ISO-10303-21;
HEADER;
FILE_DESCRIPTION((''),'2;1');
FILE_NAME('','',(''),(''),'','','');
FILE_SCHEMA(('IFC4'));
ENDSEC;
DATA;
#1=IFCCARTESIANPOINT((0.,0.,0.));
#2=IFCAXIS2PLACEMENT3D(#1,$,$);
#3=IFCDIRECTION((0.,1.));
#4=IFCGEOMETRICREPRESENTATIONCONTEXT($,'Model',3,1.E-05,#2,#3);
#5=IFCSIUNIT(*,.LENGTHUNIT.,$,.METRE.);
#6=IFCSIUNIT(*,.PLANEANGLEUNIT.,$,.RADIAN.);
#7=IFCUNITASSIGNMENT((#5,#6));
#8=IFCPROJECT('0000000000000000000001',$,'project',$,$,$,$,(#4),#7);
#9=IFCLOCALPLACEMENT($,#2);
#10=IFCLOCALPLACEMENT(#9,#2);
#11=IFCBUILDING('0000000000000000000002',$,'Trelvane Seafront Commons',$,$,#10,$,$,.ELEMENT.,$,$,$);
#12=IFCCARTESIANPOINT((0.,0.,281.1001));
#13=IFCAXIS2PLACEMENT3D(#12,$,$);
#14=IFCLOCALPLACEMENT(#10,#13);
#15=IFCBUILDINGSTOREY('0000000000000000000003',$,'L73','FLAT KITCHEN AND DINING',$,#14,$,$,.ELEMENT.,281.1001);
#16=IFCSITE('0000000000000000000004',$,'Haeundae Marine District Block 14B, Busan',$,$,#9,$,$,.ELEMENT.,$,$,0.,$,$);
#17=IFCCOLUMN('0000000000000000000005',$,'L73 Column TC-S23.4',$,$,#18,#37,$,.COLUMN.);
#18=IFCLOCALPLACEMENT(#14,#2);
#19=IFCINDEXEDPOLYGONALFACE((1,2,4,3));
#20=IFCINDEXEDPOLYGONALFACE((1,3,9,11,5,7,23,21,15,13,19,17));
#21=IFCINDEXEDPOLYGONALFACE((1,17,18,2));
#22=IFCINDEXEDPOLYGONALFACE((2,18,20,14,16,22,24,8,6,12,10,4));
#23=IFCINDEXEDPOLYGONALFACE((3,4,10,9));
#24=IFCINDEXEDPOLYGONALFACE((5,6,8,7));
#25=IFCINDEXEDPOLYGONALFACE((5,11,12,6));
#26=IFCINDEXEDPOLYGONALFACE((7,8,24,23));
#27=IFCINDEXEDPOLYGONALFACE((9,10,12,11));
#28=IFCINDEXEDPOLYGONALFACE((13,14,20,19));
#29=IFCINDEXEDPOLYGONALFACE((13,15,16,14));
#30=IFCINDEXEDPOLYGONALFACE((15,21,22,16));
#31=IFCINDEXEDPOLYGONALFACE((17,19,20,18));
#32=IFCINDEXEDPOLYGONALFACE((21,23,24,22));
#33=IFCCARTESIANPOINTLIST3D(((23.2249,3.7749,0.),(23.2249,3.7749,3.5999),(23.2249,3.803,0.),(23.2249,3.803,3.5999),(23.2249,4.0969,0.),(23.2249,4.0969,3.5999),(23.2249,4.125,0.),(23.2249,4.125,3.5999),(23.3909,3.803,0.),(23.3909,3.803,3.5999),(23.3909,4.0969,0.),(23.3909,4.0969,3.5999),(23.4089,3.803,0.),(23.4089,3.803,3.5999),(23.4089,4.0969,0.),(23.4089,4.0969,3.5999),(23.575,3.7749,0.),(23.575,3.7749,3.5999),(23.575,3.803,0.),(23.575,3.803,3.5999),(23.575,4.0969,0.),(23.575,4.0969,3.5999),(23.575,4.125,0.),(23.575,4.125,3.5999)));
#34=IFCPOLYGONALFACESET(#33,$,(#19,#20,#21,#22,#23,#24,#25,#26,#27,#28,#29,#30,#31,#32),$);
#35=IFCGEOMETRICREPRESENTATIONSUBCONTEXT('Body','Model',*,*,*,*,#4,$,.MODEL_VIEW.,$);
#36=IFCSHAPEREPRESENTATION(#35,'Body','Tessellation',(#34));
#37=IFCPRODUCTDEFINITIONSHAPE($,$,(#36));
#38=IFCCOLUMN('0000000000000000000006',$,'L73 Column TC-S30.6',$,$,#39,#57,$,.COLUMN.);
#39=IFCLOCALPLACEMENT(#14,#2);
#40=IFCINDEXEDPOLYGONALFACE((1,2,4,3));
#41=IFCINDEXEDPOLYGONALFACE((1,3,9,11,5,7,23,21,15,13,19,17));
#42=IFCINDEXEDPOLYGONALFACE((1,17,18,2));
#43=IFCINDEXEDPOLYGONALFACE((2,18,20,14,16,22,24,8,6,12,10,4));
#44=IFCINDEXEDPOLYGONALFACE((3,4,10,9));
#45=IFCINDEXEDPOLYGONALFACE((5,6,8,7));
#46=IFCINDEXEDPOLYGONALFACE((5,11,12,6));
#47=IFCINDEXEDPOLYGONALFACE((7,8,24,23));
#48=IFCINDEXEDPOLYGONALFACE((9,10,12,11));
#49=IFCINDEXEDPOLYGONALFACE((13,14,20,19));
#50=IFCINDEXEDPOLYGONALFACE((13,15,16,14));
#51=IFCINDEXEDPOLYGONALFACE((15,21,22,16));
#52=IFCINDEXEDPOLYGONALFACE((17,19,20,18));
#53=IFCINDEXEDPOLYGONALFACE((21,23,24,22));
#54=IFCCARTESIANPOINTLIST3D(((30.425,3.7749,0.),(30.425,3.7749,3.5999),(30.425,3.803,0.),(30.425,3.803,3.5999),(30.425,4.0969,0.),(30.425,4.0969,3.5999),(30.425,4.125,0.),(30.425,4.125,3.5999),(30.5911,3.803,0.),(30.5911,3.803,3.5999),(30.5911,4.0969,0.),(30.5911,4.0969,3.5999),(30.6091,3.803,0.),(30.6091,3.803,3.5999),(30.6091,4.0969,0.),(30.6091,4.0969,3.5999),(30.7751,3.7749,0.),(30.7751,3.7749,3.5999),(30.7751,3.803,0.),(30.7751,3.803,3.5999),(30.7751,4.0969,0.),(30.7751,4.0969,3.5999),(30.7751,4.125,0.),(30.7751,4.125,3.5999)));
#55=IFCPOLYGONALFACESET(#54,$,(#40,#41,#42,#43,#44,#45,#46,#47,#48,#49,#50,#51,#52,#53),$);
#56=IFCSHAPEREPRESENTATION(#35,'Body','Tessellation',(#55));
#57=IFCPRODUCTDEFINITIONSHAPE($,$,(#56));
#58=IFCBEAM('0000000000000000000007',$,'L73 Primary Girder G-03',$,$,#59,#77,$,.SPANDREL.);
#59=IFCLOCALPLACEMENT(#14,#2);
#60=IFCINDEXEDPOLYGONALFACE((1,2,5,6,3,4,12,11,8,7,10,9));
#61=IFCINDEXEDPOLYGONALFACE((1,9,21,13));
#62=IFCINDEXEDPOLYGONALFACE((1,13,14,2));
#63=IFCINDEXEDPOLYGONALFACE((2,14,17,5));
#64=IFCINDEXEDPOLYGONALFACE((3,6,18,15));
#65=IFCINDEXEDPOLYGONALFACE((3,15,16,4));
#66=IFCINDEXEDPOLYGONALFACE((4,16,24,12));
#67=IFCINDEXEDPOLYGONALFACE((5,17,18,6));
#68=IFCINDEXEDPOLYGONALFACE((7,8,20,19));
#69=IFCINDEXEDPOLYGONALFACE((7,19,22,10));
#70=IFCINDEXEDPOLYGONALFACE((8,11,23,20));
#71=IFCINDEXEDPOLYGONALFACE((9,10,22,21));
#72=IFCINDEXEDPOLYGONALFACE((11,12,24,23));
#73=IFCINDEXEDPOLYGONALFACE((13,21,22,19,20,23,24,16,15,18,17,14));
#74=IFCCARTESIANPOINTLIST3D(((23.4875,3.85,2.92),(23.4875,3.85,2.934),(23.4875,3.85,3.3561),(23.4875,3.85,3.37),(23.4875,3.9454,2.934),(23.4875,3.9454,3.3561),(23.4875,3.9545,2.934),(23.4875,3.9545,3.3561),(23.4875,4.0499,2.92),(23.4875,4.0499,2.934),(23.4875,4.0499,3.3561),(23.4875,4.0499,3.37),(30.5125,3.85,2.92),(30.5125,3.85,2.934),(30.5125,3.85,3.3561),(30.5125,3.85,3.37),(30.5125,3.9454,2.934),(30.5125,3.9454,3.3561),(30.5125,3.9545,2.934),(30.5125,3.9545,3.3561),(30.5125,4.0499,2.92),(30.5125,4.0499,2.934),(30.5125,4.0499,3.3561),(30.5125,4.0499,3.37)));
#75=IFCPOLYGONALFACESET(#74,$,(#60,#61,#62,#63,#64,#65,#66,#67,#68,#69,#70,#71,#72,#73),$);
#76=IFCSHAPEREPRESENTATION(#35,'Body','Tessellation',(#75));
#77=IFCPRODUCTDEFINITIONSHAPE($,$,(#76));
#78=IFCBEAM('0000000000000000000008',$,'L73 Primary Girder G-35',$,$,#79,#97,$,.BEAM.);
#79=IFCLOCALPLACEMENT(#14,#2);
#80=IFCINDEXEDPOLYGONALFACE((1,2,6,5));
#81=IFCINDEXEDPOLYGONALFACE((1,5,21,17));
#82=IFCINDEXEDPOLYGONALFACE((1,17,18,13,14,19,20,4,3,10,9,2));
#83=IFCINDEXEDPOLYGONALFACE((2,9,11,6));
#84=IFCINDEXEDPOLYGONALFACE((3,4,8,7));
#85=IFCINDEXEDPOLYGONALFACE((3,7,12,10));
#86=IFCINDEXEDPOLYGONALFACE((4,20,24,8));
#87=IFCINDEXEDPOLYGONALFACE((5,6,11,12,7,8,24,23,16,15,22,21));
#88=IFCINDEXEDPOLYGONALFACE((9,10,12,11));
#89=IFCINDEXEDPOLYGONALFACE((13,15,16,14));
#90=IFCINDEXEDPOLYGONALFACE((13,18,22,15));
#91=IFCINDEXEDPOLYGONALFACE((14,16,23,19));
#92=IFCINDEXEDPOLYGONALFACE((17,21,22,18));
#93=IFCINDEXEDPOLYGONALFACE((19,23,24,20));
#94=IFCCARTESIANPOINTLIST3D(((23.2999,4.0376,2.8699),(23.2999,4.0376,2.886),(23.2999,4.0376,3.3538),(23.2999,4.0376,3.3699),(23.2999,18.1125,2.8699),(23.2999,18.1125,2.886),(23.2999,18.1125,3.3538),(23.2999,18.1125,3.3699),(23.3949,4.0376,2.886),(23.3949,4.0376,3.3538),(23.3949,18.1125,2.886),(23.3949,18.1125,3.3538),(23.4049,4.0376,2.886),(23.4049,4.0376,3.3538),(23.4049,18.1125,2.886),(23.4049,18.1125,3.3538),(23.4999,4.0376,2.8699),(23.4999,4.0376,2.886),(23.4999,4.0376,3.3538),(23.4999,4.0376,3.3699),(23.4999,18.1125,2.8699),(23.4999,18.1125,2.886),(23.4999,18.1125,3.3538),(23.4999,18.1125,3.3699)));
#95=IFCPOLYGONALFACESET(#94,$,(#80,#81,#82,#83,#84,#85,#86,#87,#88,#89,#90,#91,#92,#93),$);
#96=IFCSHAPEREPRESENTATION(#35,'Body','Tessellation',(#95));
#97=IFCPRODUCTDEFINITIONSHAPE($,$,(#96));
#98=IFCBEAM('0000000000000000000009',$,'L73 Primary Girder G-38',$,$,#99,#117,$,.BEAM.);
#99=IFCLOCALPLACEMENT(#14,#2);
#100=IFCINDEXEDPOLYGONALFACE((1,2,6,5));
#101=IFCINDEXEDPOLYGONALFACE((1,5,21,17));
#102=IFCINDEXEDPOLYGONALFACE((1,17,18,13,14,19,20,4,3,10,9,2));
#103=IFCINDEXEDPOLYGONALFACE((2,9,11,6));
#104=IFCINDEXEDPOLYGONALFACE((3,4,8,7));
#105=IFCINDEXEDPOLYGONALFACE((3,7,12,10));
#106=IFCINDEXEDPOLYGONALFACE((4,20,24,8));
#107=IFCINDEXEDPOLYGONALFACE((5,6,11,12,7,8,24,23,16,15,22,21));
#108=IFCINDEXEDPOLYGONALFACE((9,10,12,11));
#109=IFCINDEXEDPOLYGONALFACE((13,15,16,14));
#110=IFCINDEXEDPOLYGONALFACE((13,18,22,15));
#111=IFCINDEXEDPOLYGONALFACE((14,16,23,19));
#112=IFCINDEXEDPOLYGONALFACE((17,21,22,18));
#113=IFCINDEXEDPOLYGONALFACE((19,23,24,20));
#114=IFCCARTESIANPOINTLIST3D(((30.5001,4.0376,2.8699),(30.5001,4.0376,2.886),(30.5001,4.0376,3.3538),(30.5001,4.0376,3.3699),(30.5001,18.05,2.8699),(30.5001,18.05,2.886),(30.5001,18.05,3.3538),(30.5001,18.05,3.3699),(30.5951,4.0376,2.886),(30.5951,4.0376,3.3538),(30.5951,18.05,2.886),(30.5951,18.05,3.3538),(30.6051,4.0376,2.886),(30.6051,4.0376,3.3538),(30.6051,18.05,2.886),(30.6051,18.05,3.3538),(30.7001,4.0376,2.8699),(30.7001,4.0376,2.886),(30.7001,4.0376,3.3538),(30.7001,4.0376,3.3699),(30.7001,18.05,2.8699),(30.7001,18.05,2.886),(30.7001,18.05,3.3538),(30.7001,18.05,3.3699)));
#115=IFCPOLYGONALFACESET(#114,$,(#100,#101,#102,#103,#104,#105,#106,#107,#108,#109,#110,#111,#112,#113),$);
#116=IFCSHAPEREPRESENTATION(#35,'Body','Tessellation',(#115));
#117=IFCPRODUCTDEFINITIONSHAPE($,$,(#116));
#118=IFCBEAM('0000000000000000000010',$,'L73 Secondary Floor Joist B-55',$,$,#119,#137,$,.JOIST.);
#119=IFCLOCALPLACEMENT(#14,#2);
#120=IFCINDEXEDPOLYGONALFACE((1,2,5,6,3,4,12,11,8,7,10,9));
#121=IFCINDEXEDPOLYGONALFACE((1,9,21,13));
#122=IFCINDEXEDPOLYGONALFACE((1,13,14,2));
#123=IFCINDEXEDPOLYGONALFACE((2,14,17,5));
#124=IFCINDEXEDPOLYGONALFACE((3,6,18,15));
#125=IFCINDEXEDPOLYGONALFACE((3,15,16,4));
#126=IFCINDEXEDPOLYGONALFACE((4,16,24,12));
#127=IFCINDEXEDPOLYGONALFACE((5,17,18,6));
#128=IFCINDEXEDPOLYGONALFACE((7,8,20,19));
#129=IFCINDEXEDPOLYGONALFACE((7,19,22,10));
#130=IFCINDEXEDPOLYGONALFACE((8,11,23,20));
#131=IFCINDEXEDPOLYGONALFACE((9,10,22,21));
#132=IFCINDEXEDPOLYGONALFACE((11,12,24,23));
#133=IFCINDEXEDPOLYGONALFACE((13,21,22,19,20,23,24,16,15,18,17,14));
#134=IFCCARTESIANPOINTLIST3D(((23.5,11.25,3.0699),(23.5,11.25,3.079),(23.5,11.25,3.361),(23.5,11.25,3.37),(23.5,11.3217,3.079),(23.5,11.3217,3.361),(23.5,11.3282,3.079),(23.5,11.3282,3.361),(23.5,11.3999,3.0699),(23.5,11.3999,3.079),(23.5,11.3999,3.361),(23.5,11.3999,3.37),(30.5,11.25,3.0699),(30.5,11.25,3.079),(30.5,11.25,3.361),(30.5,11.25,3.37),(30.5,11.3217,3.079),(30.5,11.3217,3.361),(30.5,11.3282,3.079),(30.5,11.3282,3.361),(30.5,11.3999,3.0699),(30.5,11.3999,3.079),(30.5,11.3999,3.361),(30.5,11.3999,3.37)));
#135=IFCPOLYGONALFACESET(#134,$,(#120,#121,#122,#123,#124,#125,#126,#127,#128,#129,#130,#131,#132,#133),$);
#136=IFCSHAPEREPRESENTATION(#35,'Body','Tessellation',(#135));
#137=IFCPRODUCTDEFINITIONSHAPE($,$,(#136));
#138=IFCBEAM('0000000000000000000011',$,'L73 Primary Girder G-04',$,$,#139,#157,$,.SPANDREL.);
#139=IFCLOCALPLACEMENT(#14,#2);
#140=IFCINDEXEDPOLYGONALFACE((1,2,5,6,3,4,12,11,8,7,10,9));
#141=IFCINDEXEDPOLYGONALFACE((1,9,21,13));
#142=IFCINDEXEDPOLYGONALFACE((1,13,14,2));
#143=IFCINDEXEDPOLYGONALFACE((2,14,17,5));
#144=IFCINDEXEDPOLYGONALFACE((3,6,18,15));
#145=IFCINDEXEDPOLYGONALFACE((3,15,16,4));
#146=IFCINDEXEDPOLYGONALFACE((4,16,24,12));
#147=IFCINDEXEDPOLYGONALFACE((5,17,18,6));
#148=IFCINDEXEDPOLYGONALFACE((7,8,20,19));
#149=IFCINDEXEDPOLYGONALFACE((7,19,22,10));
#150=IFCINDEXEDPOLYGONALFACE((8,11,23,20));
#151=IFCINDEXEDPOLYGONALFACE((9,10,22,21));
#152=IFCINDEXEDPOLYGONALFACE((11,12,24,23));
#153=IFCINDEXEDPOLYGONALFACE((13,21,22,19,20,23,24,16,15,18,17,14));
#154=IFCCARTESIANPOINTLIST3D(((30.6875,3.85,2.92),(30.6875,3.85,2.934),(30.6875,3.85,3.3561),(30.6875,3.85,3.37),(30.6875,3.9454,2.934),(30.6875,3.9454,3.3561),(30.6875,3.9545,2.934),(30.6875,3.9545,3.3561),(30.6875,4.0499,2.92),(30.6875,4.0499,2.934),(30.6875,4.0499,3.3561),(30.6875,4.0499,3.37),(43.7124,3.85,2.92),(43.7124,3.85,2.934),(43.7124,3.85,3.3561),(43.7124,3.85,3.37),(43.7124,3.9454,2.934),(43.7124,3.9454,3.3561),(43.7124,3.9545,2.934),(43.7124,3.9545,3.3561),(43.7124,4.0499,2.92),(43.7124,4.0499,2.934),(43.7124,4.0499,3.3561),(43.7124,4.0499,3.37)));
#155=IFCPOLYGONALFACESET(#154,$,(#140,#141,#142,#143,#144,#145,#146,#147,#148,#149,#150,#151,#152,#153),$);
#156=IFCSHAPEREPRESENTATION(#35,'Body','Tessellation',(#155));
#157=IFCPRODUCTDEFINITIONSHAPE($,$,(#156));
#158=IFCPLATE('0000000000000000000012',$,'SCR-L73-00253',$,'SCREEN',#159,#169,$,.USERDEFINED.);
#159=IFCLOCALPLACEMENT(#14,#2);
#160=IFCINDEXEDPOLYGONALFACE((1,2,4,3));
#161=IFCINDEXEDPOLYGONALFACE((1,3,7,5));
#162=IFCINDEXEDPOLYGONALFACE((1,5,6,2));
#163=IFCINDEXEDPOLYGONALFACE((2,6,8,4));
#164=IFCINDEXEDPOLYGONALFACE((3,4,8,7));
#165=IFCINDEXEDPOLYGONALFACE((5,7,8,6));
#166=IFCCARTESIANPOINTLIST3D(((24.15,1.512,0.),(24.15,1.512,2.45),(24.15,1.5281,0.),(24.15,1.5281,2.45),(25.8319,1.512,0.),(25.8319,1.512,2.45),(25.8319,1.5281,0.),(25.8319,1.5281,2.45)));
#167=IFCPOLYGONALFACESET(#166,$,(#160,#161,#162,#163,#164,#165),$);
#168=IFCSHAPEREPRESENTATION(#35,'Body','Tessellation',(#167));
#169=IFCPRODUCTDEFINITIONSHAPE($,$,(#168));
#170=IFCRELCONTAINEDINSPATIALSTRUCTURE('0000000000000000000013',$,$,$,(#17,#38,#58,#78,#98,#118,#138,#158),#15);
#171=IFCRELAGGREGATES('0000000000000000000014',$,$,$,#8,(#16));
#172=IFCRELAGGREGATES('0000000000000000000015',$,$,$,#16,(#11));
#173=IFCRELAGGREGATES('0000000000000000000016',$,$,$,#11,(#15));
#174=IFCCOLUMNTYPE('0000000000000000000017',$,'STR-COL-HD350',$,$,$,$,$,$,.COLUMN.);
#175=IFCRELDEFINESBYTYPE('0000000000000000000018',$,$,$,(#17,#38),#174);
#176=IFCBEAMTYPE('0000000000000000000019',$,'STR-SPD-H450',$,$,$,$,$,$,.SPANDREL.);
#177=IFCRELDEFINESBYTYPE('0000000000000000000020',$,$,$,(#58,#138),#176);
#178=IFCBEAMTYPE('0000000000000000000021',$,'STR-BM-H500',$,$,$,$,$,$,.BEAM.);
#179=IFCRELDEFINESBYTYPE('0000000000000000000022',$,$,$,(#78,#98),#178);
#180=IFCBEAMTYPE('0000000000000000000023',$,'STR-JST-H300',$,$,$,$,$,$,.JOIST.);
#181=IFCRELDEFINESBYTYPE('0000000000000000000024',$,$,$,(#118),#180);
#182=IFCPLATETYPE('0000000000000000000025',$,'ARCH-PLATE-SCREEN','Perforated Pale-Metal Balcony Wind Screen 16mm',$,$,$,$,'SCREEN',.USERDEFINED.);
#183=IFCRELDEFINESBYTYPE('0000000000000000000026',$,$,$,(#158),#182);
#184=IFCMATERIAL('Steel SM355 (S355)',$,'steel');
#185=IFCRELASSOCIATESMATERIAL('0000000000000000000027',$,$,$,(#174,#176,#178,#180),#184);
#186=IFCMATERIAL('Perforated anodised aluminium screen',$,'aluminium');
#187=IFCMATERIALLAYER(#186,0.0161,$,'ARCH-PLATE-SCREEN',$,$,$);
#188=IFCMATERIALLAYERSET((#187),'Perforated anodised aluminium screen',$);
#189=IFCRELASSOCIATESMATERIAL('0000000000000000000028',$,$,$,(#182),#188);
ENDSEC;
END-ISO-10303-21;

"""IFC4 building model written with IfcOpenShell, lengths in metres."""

from ifc_helpers import new_model, si_unit, direction, frame, origin, origin_2d, place, context, subcontext, project, spatial, rectangle, i_section, extrude, source, transform, mapped, material, layer, layer_set, material_profile, profile_set, type_object, element, save


model = new_model("IFC4")

# Units and contexts
model_context = context("Model", 3, precision=1e-05, world=origin(), true_north=direction((0.0, 1.0)))
body_context = subcontext(model_context, "Body", "Model", "MODEL_VIEW")
ifc_project = project(units=[si_unit("LENGTHUNIT", "METRE"), si_unit("PLANEANGLEUNIT", "RADIAN")], contexts=[model_context])

# Site, building, storey
site_placement = place(None, origin())
site = spatial("IfcSite", under=ifc_project, at=site_placement, Name="Haeundae Marine District Block 14B, Busan", CompositionType="ELEMENT", RefElevation=0.0)
building_placement = place(site_placement, origin())
building = spatial("IfcBuilding", under=site, at=building_placement, Name="Trelvane Seafront Commons", CompositionType="ELEMENT")
storey_placement = place(building_placement, frame((0.0, 0.0, 281.1001)))
storey = spatial("IfcBuildingStorey", under=building, at=storey_placement, Name="L73", Description="FLAT KITCHEN AND DINING", CompositionType="ELEMENT", Elevation=281.1001)

# Columns
ifc_material_1 = material(Name="Steel SM355 (S355)", Category="steel")
ifc_material_profile_1 = material_profile(ifc_material_1, i_section(OverallWidth=0.3501, OverallDepth=0.3501, WebThickness=0.0181, FlangeThickness=0.0281, at=origin_2d()), Name="HD-350x350x18x28")
ifc_profile_set_1 = profile_set([ifc_material_profile_1], Name="Steel SM355 (S355)")
column_type = type_object("IfcColumnType", Name="STR-COL-HD350", PredefinedType="COLUMN", material=ifc_profile_set_1)
shared_shape_1 = source(origin(), body_context, "Body", "SweptSolid", [
    extrude(i_section(OverallWidth=0.3501, OverallDepth=0.3501, WebThickness=0.0181, FlangeThickness=0.0281, at=origin_2d()), origin(), (0.0, 0.0, 1.0), 3.5999),
])
for number, where, z_axis, x_axis, name in (
    (1, (23.3999, 3.95, 0.0), (0.0, 0.0, 1.0), (1.0, 0.0, 0.0), "L73 Column TC-S23.4"),
    (2, (30.6001, 3.95, 0.0), (0.0, 0.0, 1.0), (1.0, 0.0, 0.0), "L73 Column TC-S30.6"),
):
    element("IfcColumn", number, at=place(storey_placement, frame(where, z_axis=z_axis, x_axis=x_axis)), inside=storey, type_object=column_type, Name=name, PredefinedType="COLUMN", context=body_context, shape_type="MappedRepresentation", body=[
        mapped(shared_shape_1, transform((0.0, 0.0, 0.0), x_axis=(1.0, 0.0, 0.0), y_axis=(0.0, 1.0, 0.0), z_axis=(0.0, 0.0, 1.0), scale=1.0)),
    ])

# Beams
ifc_material_profile_2 = material_profile(ifc_material_1, i_section(OverallWidth=0.2, OverallDepth=0.45, WebThickness=0.009, FlangeThickness=0.0139, at=origin_2d()), Name="H-450x200x9x14")
ifc_profile_set_2 = profile_set([ifc_material_profile_2], Name="Steel SM355 (S355)")
beam_type_1 = type_object("IfcBeamType", Name="STR-SPD-H450", PredefinedType="SPANDREL", material=ifc_profile_set_2)
shared_shape_2 = source(origin(), body_context, "Body", "SweptSolid", [
    extrude(i_section(OverallWidth=0.2, OverallDepth=0.45, WebThickness=0.009, FlangeThickness=0.0139, at=origin_2d()), origin(), (0.0, 0.0, 1.0), 7.0249),
])
beam_1_placement = place(storey_placement, frame((23.4875, 3.95, 3.145), z_axis=(1.0, 0.0, 0.0), x_axis=(0.0, 1.0, 0.0)))
element("IfcBeam", 3, at=beam_1_placement, inside=storey, type_object=beam_type_1, Name="L73 Primary Girder G-03", PredefinedType="SPANDREL", context=body_context, shape_type="MappedRepresentation", body=[
    mapped(shared_shape_2, transform((0.0, 0.0, 0.0), x_axis=(1.0, 0.0, 0.0), y_axis=(0.0, 1.0, 0.0), z_axis=(0.0, 0.0, 1.0), scale=1.0)),
])
ifc_material_profile_3 = material_profile(ifc_material_1, i_section(OverallWidth=0.2, OverallDepth=0.5, WebThickness=0.01, FlangeThickness=0.0161, at=origin_2d()), Name="H-500x200x10x16")
ifc_profile_set_3 = profile_set([ifc_material_profile_3], Name="Steel SM355 (S355)")
beam_type_2 = type_object("IfcBeamType", Name="STR-BM-H500", PredefinedType="BEAM", material=ifc_profile_set_3)
shared_shape_3 = source(origin(), body_context, "Body", "SweptSolid", [
    extrude(i_section(OverallWidth=0.2, OverallDepth=0.5, WebThickness=0.01, FlangeThickness=0.0161, at=origin_2d()), origin(), (0.0, 0.0, 1.0), 14.075),
])
beam_2_placement = place(storey_placement, frame((23.3999, 4.0376, 3.1199), z_axis=(0.0, 1.0, 0.0), x_axis=(-1.0, 0.0, 0.0)))
element("IfcBeam", 4, at=beam_2_placement, inside=storey, type_object=beam_type_2, Name="L73 Primary Girder G-35", PredefinedType="BEAM", context=body_context, shape_type="MappedRepresentation", body=[
    mapped(shared_shape_3, transform((0.0, 0.0, 0.0), x_axis=(1.0, 0.0, 0.0), y_axis=(0.0, 1.0, 0.0), z_axis=(0.0, 0.0, 1.0), scale=1.0)),
])
shared_shape_4 = source(origin(), body_context, "Body", "SweptSolid", [
    extrude(i_section(OverallWidth=0.2, OverallDepth=0.5, WebThickness=0.01, FlangeThickness=0.0161, at=origin_2d()), origin(), (0.0, 0.0, 1.0), 14.0125),
])
beam_3_placement = place(storey_placement, frame((30.6001, 4.0376, 3.1199), z_axis=(0.0, 1.0, 0.0), x_axis=(-1.0, 0.0, 0.0)))
element("IfcBeam", 5, at=beam_3_placement, inside=storey, type_object=beam_type_2, Name="L73 Primary Girder G-38", PredefinedType="BEAM", context=body_context, shape_type="MappedRepresentation", body=[
    mapped(shared_shape_4, transform((0.0, 0.0, 0.0), x_axis=(1.0, 0.0, 0.0), y_axis=(0.0, 1.0, 0.0), z_axis=(0.0, 0.0, 1.0), scale=1.0)),
])
ifc_material_profile_4 = material_profile(ifc_material_1, i_section(OverallWidth=0.1499, OverallDepth=0.3, WebThickness=0.0066, FlangeThickness=0.009, at=origin_2d()), Name="H-300x150x6.5x9")
ifc_profile_set_4 = profile_set([ifc_material_profile_4], Name="Steel SM355 (S355)")
beam_type_3 = type_object("IfcBeamType", Name="STR-JST-H300", PredefinedType="JOIST", material=ifc_profile_set_4)
shared_shape_5 = source(origin(), body_context, "Body", "SweptSolid", [
    extrude(i_section(OverallWidth=0.1499, OverallDepth=0.3, WebThickness=0.0066, FlangeThickness=0.009, at=origin_2d()), origin(), (0.0, 0.0, 1.0), 7.0),
])
beam_4_placement = place(storey_placement, frame((23.5, 11.325, 3.22), z_axis=(1.0, 0.0, 0.0), x_axis=(0.0, 1.0, 0.0)))
element("IfcBeam", 6, at=beam_4_placement, inside=storey, type_object=beam_type_3, Name="L73 Secondary Floor Joist B-55", PredefinedType="JOIST", context=body_context, shape_type="MappedRepresentation", body=[
    mapped(shared_shape_5, transform((0.0, 0.0, 0.0), x_axis=(1.0, 0.0, 0.0), y_axis=(0.0, 1.0, 0.0), z_axis=(0.0, 0.0, 1.0), scale=1.0)),
])
shared_shape_6 = source(origin(), body_context, "Body", "SweptSolid", [
    extrude(i_section(OverallWidth=0.2, OverallDepth=0.45, WebThickness=0.009, FlangeThickness=0.0139, at=origin_2d()), origin(), (0.0, 0.0, 1.0), 13.0249),
])
beam_5_placement = place(storey_placement, frame((30.6875, 3.95, 3.145), z_axis=(1.0, 0.0, 0.0), x_axis=(0.0, 1.0, 0.0)))
element("IfcBeam", 7, at=beam_5_placement, inside=storey, type_object=beam_type_1, Name="L73 Primary Girder G-04", PredefinedType="SPANDREL", context=body_context, shape_type="MappedRepresentation", body=[
    mapped(shared_shape_6, transform((0.0, 0.0, 0.0), x_axis=(1.0, 0.0, 0.0), y_axis=(0.0, 1.0, 0.0), z_axis=(0.0, 0.0, 1.0), scale=1.0)),
])

# Plate
ifc_material_2 = material(Name="Perforated anodised aluminium screen", Category="aluminium")
ifc_layer_1 = layer(ifc_material_2, 0.0161, Name="ARCH-PLATE-SCREEN")
ifc_layer_set_1 = layer_set([ifc_layer_1], Name="Perforated anodised aluminium screen")
plate_type_1 = type_object("IfcPlateType", Name="ARCH-PLATE-SCREEN", Description="Perforated Pale-Metal Balcony Wind Screen 16mm", ElementType="SCREEN", PredefinedType="USERDEFINED", material=ifc_layer_set_1)
shared_shape_7 = source(origin(), body_context, "Body", "SweptSolid", [
    extrude(rectangle(XDim=1.6819, YDim=0.0161, at=origin_2d()), origin(), (0.0, 0.0, 1.0), 2.45),
])
plate_placement = place(storey_placement, frame((24.991, 1.52, 0.0), z_axis=(0.0, 0.0, 1.0), x_axis=(1.0, 0.0, 0.0)))
element("IfcPlate", 8, at=plate_placement, inside=storey, type_object=plate_type_1, Name="SCR-L73-00253", ObjectType="SCREEN", PredefinedType="USERDEFINED", context=body_context, shape_type="MappedRepresentation", body=[
    mapped(shared_shape_7, transform((0.0, 0.0, 0.0), x_axis=(1.0, 0.0, 0.0), y_axis=(0.0, 1.0, 0.0), z_axis=(0.0, 0.0, 1.0), scale=1.0)),
])

save(model, "model.ifc")
